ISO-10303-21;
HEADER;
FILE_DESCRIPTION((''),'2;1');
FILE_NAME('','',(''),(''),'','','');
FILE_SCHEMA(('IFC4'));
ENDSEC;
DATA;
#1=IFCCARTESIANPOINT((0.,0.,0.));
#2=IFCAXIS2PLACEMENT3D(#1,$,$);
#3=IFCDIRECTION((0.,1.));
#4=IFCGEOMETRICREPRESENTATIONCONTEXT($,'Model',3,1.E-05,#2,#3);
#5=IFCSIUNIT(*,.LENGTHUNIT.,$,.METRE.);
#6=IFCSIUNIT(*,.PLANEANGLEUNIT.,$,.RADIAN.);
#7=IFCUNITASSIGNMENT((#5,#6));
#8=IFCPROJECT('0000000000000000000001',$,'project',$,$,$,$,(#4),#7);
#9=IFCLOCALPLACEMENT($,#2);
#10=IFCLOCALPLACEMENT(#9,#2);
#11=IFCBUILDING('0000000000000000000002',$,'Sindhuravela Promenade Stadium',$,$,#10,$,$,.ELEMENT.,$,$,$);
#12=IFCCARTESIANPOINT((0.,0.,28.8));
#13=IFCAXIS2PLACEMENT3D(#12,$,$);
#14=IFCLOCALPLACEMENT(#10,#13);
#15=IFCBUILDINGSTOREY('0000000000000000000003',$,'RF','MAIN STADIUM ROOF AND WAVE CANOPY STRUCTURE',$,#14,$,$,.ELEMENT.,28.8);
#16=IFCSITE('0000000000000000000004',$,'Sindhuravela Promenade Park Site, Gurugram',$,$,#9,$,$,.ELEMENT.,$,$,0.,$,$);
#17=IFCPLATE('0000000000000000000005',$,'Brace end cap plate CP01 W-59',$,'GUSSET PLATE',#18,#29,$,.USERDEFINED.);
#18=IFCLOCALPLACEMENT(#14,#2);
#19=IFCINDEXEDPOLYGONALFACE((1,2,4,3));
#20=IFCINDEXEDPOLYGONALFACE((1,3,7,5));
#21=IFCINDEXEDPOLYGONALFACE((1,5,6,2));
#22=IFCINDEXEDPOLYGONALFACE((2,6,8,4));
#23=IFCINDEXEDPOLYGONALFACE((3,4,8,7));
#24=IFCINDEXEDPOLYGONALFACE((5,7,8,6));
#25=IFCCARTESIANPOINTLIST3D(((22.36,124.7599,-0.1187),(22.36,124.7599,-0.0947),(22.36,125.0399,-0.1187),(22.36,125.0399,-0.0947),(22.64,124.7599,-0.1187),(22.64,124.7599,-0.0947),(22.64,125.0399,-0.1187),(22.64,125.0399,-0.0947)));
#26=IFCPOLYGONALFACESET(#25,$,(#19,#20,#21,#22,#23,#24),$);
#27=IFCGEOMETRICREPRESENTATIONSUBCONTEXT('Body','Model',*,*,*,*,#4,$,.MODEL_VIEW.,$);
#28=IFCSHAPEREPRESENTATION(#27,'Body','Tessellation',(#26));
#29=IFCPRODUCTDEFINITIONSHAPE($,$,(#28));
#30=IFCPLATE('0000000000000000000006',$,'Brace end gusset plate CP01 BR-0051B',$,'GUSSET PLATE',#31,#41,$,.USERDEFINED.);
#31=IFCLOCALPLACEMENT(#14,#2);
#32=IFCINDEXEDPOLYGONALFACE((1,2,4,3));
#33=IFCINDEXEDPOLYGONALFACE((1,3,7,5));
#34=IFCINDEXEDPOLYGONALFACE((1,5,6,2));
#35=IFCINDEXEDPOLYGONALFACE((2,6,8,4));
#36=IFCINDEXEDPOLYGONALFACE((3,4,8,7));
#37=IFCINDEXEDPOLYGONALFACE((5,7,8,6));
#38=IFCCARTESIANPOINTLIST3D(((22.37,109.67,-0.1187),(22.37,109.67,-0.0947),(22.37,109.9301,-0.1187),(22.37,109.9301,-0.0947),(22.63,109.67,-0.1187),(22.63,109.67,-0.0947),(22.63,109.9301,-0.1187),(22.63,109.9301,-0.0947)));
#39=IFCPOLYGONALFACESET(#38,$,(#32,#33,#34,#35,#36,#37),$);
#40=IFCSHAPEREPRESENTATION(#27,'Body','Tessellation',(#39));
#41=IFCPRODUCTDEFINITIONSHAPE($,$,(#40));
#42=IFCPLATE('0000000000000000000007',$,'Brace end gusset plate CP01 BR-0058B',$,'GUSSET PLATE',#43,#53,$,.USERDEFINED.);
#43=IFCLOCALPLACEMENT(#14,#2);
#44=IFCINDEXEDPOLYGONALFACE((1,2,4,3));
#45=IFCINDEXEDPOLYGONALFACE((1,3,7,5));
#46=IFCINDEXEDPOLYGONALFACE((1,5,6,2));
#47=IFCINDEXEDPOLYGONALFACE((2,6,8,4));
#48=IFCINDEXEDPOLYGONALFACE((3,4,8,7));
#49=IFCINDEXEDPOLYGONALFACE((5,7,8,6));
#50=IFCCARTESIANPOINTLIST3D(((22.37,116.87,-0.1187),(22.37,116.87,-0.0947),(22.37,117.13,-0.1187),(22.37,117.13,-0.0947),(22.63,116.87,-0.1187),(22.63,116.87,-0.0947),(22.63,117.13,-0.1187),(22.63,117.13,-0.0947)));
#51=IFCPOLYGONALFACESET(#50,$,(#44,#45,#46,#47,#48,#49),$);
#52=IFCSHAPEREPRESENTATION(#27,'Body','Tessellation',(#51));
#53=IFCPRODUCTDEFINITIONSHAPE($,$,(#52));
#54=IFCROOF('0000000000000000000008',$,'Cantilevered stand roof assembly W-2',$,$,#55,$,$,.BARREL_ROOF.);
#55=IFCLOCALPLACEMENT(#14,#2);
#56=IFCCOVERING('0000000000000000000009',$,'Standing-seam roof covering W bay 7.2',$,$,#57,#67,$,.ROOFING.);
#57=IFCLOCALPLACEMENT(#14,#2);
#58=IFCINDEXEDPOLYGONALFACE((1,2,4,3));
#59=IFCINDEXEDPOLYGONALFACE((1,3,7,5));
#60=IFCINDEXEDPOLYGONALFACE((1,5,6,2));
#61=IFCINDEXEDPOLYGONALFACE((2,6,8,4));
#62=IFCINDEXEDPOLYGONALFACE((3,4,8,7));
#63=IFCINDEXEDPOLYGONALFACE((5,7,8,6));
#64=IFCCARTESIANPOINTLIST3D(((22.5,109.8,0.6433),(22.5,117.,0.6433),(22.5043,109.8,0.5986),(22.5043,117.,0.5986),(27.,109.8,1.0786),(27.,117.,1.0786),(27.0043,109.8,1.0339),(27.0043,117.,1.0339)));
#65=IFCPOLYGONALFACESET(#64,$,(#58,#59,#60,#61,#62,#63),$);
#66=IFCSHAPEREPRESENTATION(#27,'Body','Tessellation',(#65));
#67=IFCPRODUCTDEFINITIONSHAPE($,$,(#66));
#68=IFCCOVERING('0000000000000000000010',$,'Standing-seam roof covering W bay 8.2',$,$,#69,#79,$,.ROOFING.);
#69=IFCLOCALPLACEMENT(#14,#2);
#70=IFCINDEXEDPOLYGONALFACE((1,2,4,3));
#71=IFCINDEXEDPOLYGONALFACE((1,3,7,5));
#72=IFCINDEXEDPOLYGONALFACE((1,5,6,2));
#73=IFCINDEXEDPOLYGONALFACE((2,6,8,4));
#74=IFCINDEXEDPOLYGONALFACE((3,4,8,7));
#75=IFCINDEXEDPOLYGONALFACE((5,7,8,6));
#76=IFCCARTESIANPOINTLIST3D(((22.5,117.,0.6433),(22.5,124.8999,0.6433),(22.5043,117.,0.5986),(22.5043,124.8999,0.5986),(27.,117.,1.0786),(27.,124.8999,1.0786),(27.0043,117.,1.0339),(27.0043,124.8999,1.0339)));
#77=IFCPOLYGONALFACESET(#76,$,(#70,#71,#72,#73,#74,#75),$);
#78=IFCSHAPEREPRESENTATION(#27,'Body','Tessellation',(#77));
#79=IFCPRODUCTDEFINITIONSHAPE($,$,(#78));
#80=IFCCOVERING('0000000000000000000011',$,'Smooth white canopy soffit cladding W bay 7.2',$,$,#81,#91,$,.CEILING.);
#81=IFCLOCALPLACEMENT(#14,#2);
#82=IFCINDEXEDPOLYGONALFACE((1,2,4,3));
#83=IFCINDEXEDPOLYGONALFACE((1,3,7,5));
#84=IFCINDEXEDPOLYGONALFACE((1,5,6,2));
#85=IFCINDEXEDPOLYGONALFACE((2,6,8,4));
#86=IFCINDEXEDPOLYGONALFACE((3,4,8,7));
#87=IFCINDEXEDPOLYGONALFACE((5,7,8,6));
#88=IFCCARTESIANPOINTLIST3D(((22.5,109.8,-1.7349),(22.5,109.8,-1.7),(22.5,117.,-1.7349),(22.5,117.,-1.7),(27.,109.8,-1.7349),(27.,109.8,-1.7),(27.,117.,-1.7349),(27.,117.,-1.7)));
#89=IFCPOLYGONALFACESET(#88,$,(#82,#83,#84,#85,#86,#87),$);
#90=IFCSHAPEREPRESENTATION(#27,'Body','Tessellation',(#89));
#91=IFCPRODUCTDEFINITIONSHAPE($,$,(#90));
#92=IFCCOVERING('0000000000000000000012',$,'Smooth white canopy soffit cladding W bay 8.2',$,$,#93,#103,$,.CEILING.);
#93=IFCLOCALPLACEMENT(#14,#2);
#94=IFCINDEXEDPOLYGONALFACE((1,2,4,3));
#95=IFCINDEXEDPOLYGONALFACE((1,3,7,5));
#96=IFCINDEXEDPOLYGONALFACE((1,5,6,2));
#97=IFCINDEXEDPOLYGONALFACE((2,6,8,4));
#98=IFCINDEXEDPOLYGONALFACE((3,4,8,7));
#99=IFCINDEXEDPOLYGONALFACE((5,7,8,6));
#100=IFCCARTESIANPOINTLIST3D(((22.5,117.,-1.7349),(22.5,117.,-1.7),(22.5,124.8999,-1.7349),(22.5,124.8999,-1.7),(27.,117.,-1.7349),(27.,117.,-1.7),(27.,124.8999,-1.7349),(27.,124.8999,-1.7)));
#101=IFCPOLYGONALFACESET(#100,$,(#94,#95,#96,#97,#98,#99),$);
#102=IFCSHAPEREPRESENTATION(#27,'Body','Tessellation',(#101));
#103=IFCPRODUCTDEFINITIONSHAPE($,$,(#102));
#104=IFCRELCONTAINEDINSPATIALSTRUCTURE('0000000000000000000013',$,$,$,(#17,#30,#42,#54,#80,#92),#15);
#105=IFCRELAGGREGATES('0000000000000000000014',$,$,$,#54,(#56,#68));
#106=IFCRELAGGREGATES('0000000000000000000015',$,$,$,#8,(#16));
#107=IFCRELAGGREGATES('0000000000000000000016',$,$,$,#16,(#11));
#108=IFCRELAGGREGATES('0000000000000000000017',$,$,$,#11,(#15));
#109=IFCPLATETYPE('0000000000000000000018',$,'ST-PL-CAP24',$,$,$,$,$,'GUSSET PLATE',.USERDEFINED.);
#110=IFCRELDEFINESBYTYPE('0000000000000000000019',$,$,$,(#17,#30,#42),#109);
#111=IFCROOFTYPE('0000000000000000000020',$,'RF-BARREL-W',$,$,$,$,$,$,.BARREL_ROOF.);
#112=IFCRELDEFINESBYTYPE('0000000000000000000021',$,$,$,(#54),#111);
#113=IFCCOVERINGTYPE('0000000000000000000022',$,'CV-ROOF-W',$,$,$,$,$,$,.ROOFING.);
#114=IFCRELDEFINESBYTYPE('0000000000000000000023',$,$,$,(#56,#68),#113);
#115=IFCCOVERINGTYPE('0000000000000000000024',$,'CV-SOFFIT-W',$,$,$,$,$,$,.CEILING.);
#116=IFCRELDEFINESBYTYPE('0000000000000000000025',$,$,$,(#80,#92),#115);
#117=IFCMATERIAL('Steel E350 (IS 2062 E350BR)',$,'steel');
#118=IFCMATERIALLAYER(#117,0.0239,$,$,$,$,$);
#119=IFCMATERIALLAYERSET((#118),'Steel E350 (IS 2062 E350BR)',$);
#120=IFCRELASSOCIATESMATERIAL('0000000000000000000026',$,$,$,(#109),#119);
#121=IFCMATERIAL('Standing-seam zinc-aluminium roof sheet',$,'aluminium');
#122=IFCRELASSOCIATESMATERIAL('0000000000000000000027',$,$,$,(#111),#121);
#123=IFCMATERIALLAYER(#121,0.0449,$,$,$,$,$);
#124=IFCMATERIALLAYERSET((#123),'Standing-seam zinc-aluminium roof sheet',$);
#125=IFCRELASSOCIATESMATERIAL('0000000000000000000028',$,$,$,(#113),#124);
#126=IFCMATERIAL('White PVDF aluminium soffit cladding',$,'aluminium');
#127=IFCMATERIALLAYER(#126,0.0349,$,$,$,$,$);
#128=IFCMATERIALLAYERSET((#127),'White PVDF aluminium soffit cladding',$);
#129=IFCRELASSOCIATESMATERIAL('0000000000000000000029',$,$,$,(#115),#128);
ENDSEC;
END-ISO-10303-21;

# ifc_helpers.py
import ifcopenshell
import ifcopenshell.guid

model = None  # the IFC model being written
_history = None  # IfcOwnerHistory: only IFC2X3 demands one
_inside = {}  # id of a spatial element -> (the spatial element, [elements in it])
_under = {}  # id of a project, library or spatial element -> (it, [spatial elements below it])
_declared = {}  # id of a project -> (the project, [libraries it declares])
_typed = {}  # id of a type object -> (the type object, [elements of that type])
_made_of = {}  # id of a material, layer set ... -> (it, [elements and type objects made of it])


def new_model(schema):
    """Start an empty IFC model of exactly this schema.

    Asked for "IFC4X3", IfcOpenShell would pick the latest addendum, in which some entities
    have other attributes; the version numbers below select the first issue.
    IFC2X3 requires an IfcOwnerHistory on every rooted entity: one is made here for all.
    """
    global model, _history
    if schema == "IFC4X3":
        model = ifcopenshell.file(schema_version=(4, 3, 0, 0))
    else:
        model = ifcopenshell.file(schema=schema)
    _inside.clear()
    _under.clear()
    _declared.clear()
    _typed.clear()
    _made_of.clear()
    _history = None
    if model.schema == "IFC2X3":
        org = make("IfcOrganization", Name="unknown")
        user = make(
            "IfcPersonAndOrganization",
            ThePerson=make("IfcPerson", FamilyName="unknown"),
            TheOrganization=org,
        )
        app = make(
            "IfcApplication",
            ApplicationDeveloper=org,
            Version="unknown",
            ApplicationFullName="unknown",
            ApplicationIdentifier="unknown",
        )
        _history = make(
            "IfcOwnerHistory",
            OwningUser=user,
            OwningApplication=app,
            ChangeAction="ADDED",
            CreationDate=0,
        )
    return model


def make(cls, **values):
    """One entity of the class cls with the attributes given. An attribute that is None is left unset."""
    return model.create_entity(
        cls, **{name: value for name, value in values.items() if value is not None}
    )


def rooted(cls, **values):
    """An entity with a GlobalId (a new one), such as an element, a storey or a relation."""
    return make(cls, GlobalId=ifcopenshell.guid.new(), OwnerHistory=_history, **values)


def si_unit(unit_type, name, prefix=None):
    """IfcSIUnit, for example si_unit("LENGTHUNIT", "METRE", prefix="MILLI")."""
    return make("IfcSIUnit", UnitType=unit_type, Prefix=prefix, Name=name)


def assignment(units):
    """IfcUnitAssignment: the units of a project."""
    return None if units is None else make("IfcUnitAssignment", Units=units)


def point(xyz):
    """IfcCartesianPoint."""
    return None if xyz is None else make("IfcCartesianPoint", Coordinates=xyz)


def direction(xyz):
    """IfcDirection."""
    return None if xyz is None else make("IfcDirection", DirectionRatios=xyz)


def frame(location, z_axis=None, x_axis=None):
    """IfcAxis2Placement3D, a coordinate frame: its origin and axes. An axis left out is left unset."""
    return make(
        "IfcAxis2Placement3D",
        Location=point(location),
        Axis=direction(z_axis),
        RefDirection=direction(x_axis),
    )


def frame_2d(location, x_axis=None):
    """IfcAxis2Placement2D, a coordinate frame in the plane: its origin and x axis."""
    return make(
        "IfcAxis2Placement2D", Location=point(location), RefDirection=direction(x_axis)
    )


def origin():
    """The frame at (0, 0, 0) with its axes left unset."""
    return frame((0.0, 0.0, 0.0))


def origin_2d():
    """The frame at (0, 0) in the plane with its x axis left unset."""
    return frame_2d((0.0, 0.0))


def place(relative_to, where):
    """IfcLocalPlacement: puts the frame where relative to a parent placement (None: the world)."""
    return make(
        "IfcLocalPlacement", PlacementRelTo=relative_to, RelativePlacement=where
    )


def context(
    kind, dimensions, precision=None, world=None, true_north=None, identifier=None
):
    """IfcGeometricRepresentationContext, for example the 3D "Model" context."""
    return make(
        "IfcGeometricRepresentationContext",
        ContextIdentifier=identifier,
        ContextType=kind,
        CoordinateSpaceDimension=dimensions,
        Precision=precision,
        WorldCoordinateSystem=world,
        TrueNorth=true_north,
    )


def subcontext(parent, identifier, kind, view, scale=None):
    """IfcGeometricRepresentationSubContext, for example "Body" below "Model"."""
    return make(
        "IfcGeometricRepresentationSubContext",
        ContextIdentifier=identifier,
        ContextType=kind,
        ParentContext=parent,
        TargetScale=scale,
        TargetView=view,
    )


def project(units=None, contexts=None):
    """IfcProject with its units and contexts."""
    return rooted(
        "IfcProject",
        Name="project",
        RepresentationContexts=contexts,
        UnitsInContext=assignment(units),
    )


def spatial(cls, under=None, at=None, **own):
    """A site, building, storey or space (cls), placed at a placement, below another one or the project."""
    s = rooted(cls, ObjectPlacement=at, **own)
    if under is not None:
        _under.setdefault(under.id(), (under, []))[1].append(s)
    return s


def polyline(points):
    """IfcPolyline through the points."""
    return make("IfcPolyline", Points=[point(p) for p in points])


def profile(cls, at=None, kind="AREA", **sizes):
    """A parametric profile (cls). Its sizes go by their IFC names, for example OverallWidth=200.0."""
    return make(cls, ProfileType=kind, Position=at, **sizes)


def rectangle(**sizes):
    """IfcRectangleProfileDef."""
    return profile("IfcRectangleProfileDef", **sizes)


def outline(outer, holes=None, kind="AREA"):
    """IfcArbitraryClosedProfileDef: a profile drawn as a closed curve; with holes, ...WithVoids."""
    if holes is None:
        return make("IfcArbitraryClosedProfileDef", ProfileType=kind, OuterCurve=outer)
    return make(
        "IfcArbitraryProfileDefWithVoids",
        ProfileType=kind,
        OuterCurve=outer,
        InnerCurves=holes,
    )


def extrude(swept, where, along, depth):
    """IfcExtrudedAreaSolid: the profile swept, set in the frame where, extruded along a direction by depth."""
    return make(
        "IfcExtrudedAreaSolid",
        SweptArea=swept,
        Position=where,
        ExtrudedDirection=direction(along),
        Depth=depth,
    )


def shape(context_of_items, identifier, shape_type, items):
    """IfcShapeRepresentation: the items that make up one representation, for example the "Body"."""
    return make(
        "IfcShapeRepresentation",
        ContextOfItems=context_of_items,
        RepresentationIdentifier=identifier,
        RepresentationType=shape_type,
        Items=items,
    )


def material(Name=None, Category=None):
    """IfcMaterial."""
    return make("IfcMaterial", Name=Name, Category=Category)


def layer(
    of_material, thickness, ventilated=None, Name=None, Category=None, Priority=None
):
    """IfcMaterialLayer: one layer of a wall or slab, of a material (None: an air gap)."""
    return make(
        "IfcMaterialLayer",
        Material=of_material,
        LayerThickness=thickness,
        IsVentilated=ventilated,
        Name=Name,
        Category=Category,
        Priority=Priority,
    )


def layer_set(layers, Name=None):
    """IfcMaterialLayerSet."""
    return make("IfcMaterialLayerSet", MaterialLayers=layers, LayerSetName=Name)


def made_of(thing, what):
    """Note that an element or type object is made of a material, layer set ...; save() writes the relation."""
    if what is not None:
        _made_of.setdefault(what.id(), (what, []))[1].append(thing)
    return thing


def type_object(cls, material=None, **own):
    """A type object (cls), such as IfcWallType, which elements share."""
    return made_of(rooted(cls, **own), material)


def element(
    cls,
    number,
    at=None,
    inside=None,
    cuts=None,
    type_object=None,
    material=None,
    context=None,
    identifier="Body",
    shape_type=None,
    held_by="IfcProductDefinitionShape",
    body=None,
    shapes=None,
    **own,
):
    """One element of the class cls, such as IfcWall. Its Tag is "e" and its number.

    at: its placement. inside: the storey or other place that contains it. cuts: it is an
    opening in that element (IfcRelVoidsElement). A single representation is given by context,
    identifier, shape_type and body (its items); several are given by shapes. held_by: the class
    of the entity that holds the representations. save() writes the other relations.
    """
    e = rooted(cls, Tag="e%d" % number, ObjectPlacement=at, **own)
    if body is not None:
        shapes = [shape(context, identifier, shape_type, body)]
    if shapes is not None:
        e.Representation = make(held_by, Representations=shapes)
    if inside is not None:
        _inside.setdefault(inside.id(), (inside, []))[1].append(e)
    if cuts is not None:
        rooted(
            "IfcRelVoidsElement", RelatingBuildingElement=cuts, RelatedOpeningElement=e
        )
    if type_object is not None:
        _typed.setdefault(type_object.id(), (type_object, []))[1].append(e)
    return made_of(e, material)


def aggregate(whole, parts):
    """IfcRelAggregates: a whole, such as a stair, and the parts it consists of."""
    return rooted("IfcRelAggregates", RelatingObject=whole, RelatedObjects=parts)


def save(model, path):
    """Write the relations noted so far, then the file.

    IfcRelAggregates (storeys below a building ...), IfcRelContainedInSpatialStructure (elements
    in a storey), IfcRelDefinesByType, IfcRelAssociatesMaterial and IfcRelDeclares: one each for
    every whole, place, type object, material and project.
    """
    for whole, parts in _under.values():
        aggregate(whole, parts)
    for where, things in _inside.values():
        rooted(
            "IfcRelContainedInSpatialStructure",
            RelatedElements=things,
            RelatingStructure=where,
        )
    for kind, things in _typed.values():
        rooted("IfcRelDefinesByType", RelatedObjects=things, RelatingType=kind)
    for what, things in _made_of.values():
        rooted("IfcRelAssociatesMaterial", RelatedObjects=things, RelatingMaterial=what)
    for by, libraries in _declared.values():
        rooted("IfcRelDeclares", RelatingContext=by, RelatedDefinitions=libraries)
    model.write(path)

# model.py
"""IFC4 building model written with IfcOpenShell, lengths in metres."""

from ifc_helpers import new_model, si_unit, direction, frame, origin, origin_2d, place, context, subcontext, project, spatial, polyline, rectangle, outline, extrude, material, layer, layer_set, type_object, element, aggregate, save


model = new_model("IFC4")

# Units and contexts
model_context = context("Model", 3, precision=1e-05, world=origin(), true_north=direction((0.0, 1.0)))
body_context = subcontext(model_context, "Body", "Model", "MODEL_VIEW")
ifc_project = project(units=[si_unit("LENGTHUNIT", "METRE"), si_unit("PLANEANGLEUNIT", "RADIAN")], contexts=[model_context])

# Site, building, storey
site_placement = place(None, origin())
site = spatial("IfcSite", under=ifc_project, at=site_placement, Name="Sindhuravela Promenade Park Site, Gurugram", CompositionType="ELEMENT", RefElevation=0.0)
building_placement = place(site_placement, origin())
building = spatial("IfcBuilding", under=site, at=building_placement, Name="Sindhuravela Promenade Stadium", CompositionType="ELEMENT")
storey_placement = place(building_placement, frame((0.0, 0.0, 28.8)))
storey = spatial("IfcBuildingStorey", under=building, at=storey_placement, Name="RF", Description="MAIN STADIUM ROOF AND WAVE CANOPY STRUCTURE", CompositionType="ELEMENT", Elevation=28.8)

# Shared definitions
ifc_material_1 = material(Name="Steel E350 (IS 2062 E350BR)", Category="steel")

# Plates
ifc_layer_1 = layer(ifc_material_1, 0.0239)
ifc_layer_set_1 = layer_set([ifc_layer_1], Name="Steel E350 (IS 2062 E350BR)")
plate_type = type_object("IfcPlateType", Name="ST-PL-CAP24", ElementType="GUSSET PLATE", PredefinedType="USERDEFINED", material=ifc_layer_set_1)
for number, where, z_axis, x_axis, name in (
    (1, (22.5, 124.8999, -0.1187), (0.0, 0.0, 1.0), (1.0, 0.0, 0.0), "Brace end cap plate CP01 W-59"),
):
    element("IfcPlate", number, at=place(storey_placement, frame(where, z_axis=z_axis, x_axis=x_axis)), inside=storey, type_object=plate_type, Name=name, ObjectType="GUSSET PLATE", PredefinedType="USERDEFINED", context=body_context, shape_type="SweptSolid", body=[
        extrude(rectangle(XDim=0.28, YDim=0.28, at=origin_2d()), origin(), (0.0, 0.0, 1.0), 0.0239),
    ])
for number, where, z_axis, x_axis, name in (
    (2, (22.5, 109.8, -0.1187), (0.0, 0.0, 1.0), (1.0, 0.0, 0.0), "Brace end gusset plate CP01 BR-0051B"),
    (3, (22.5, 117.0, -0.1187), (0.0, 0.0, 1.0), (1.0, 0.0, 0.0), "Brace end gusset plate CP01 BR-0058B"),
):
    element("IfcPlate", number, at=place(storey_placement, frame(where, z_axis=z_axis, x_axis=x_axis)), inside=storey, type_object=plate_type, Name=name, ObjectType="GUSSET PLATE", PredefinedType="USERDEFINED", context=body_context, shape_type="SweptSolid", body=[
        extrude(rectangle(XDim=0.26, YDim=0.26, at=origin_2d()), origin(), (0.0, 0.0, 1.0), 0.0239),
    ])

# Roof, coverings
ifc_material_2 = material(Name="Standing-seam zinc-aluminium roof sheet", Category="aluminium")
roof_type = type_object("IfcRoofType", Name="RF-BARREL-W", PredefinedType="BARREL_ROOF", material=ifc_material_2)
roof_placement = place(storey_placement, origin())
roof = element("IfcRoof", 4, at=roof_placement, inside=storey, type_object=roof_type, Name="Cantilevered stand roof assembly W-2", PredefinedType="BARREL_ROOF")
ifc_layer_2 = layer(ifc_material_2, 0.0449)
ifc_layer_set_2 = layer_set([ifc_layer_2], Name="Standing-seam zinc-aluminium roof sheet")
covering_type_1 = type_object("IfcCoveringType", Name="CV-ROOF-W", PredefinedType="ROOFING", material=ifc_layer_set_2)
covering_1_placement = place(storey_placement, frame((22.5, 109.8, 0.6433), z_axis=(-0.096285, 0.0, 0.995354), x_axis=(0.0, 1.0, 0.0)))
covering_1 = element("IfcCovering", 5, at=covering_1_placement, type_object=covering_type_1, Name="Standing-seam roof covering W bay 7.2", PredefinedType="ROOFING", context=body_context, shape_type="SweptSolid", body=[
    extrude(outline(polyline([(0.0, 0.0), (0.0, -4.521), (7.2, -4.521), (7.2, 0.0), (0.0, 0.0)])), origin(), (0.0, 0.0, -1.0), 0.0449),
])
covering_2_placement = place(storey_placement, frame((22.5, 117.0, 0.6433), z_axis=(-0.096285, 0.0, 0.995354), x_axis=(0.0, 1.0, 0.0)))
covering_2 = element("IfcCovering", 6, at=covering_2_placement, type_object=covering_type_1, Name="Standing-seam roof covering W bay 8.2", PredefinedType="ROOFING", context=body_context, shape_type="SweptSolid", body=[
    extrude(outline(polyline([(0.0, 0.0), (0.0, -4.521), (7.8999, -4.521), (7.8999, 0.0), (0.0, 0.0)])), origin(), (0.0, 0.0, -1.0), 0.0449),
])
aggregate(roof, [covering_1, covering_2])

# Coverings
ifc_material_3 = material(Name="White PVDF aluminium soffit cladding", Category="aluminium")
ifc_layer_3 = layer(ifc_material_3, 0.0349)
ifc_layer_set_3 = layer_set([ifc_layer_3], Name="White PVDF aluminium soffit cladding")
covering_type_2 = type_object("IfcCoveringType", Name="CV-SOFFIT-W", PredefinedType="CEILING", material=ifc_layer_set_3)
covering_3_placement = place(storey_placement, frame((22.5, 109.8, -1.7), z_axis=(0.0, 0.0, 1.0), x_axis=(0.0, 1.0, 0.0)))
element("IfcCovering", 7, at=covering_3_placement, inside=storey, type_object=covering_type_2, Name="Smooth white canopy soffit cladding W bay 7.2", PredefinedType="CEILING", context=body_context, shape_type="SweptSolid", body=[
    extrude(outline(polyline([(0.0, 0.0), (0.0, -4.5), (7.2, -4.5), (7.2, 0.0), (0.0, 0.0)])), origin(), (0.0, 0.0, -1.0), 0.0349),
])
covering_4_placement = place(storey_placement, frame((22.5, 117.0, -1.7), z_axis=(0.0, 0.0, 1.0), x_axis=(0.0, 1.0, 0.0)))
element("IfcCovering", 8, at=covering_4_placement, inside=storey, type_object=covering_type_2, Name="Smooth white canopy soffit cladding W bay 8.2", PredefinedType="CEILING", context=body_context, shape_type="SweptSolid", body=[
    extrude(outline(polyline([(0.0, 0.0), (0.0, -4.5), (7.8999, -4.5), (7.8999, 0.0), (0.0, 0.0)])), origin(), (0.0, 0.0, -1.0), 0.0349),
])

save(model, "model.ifc")
